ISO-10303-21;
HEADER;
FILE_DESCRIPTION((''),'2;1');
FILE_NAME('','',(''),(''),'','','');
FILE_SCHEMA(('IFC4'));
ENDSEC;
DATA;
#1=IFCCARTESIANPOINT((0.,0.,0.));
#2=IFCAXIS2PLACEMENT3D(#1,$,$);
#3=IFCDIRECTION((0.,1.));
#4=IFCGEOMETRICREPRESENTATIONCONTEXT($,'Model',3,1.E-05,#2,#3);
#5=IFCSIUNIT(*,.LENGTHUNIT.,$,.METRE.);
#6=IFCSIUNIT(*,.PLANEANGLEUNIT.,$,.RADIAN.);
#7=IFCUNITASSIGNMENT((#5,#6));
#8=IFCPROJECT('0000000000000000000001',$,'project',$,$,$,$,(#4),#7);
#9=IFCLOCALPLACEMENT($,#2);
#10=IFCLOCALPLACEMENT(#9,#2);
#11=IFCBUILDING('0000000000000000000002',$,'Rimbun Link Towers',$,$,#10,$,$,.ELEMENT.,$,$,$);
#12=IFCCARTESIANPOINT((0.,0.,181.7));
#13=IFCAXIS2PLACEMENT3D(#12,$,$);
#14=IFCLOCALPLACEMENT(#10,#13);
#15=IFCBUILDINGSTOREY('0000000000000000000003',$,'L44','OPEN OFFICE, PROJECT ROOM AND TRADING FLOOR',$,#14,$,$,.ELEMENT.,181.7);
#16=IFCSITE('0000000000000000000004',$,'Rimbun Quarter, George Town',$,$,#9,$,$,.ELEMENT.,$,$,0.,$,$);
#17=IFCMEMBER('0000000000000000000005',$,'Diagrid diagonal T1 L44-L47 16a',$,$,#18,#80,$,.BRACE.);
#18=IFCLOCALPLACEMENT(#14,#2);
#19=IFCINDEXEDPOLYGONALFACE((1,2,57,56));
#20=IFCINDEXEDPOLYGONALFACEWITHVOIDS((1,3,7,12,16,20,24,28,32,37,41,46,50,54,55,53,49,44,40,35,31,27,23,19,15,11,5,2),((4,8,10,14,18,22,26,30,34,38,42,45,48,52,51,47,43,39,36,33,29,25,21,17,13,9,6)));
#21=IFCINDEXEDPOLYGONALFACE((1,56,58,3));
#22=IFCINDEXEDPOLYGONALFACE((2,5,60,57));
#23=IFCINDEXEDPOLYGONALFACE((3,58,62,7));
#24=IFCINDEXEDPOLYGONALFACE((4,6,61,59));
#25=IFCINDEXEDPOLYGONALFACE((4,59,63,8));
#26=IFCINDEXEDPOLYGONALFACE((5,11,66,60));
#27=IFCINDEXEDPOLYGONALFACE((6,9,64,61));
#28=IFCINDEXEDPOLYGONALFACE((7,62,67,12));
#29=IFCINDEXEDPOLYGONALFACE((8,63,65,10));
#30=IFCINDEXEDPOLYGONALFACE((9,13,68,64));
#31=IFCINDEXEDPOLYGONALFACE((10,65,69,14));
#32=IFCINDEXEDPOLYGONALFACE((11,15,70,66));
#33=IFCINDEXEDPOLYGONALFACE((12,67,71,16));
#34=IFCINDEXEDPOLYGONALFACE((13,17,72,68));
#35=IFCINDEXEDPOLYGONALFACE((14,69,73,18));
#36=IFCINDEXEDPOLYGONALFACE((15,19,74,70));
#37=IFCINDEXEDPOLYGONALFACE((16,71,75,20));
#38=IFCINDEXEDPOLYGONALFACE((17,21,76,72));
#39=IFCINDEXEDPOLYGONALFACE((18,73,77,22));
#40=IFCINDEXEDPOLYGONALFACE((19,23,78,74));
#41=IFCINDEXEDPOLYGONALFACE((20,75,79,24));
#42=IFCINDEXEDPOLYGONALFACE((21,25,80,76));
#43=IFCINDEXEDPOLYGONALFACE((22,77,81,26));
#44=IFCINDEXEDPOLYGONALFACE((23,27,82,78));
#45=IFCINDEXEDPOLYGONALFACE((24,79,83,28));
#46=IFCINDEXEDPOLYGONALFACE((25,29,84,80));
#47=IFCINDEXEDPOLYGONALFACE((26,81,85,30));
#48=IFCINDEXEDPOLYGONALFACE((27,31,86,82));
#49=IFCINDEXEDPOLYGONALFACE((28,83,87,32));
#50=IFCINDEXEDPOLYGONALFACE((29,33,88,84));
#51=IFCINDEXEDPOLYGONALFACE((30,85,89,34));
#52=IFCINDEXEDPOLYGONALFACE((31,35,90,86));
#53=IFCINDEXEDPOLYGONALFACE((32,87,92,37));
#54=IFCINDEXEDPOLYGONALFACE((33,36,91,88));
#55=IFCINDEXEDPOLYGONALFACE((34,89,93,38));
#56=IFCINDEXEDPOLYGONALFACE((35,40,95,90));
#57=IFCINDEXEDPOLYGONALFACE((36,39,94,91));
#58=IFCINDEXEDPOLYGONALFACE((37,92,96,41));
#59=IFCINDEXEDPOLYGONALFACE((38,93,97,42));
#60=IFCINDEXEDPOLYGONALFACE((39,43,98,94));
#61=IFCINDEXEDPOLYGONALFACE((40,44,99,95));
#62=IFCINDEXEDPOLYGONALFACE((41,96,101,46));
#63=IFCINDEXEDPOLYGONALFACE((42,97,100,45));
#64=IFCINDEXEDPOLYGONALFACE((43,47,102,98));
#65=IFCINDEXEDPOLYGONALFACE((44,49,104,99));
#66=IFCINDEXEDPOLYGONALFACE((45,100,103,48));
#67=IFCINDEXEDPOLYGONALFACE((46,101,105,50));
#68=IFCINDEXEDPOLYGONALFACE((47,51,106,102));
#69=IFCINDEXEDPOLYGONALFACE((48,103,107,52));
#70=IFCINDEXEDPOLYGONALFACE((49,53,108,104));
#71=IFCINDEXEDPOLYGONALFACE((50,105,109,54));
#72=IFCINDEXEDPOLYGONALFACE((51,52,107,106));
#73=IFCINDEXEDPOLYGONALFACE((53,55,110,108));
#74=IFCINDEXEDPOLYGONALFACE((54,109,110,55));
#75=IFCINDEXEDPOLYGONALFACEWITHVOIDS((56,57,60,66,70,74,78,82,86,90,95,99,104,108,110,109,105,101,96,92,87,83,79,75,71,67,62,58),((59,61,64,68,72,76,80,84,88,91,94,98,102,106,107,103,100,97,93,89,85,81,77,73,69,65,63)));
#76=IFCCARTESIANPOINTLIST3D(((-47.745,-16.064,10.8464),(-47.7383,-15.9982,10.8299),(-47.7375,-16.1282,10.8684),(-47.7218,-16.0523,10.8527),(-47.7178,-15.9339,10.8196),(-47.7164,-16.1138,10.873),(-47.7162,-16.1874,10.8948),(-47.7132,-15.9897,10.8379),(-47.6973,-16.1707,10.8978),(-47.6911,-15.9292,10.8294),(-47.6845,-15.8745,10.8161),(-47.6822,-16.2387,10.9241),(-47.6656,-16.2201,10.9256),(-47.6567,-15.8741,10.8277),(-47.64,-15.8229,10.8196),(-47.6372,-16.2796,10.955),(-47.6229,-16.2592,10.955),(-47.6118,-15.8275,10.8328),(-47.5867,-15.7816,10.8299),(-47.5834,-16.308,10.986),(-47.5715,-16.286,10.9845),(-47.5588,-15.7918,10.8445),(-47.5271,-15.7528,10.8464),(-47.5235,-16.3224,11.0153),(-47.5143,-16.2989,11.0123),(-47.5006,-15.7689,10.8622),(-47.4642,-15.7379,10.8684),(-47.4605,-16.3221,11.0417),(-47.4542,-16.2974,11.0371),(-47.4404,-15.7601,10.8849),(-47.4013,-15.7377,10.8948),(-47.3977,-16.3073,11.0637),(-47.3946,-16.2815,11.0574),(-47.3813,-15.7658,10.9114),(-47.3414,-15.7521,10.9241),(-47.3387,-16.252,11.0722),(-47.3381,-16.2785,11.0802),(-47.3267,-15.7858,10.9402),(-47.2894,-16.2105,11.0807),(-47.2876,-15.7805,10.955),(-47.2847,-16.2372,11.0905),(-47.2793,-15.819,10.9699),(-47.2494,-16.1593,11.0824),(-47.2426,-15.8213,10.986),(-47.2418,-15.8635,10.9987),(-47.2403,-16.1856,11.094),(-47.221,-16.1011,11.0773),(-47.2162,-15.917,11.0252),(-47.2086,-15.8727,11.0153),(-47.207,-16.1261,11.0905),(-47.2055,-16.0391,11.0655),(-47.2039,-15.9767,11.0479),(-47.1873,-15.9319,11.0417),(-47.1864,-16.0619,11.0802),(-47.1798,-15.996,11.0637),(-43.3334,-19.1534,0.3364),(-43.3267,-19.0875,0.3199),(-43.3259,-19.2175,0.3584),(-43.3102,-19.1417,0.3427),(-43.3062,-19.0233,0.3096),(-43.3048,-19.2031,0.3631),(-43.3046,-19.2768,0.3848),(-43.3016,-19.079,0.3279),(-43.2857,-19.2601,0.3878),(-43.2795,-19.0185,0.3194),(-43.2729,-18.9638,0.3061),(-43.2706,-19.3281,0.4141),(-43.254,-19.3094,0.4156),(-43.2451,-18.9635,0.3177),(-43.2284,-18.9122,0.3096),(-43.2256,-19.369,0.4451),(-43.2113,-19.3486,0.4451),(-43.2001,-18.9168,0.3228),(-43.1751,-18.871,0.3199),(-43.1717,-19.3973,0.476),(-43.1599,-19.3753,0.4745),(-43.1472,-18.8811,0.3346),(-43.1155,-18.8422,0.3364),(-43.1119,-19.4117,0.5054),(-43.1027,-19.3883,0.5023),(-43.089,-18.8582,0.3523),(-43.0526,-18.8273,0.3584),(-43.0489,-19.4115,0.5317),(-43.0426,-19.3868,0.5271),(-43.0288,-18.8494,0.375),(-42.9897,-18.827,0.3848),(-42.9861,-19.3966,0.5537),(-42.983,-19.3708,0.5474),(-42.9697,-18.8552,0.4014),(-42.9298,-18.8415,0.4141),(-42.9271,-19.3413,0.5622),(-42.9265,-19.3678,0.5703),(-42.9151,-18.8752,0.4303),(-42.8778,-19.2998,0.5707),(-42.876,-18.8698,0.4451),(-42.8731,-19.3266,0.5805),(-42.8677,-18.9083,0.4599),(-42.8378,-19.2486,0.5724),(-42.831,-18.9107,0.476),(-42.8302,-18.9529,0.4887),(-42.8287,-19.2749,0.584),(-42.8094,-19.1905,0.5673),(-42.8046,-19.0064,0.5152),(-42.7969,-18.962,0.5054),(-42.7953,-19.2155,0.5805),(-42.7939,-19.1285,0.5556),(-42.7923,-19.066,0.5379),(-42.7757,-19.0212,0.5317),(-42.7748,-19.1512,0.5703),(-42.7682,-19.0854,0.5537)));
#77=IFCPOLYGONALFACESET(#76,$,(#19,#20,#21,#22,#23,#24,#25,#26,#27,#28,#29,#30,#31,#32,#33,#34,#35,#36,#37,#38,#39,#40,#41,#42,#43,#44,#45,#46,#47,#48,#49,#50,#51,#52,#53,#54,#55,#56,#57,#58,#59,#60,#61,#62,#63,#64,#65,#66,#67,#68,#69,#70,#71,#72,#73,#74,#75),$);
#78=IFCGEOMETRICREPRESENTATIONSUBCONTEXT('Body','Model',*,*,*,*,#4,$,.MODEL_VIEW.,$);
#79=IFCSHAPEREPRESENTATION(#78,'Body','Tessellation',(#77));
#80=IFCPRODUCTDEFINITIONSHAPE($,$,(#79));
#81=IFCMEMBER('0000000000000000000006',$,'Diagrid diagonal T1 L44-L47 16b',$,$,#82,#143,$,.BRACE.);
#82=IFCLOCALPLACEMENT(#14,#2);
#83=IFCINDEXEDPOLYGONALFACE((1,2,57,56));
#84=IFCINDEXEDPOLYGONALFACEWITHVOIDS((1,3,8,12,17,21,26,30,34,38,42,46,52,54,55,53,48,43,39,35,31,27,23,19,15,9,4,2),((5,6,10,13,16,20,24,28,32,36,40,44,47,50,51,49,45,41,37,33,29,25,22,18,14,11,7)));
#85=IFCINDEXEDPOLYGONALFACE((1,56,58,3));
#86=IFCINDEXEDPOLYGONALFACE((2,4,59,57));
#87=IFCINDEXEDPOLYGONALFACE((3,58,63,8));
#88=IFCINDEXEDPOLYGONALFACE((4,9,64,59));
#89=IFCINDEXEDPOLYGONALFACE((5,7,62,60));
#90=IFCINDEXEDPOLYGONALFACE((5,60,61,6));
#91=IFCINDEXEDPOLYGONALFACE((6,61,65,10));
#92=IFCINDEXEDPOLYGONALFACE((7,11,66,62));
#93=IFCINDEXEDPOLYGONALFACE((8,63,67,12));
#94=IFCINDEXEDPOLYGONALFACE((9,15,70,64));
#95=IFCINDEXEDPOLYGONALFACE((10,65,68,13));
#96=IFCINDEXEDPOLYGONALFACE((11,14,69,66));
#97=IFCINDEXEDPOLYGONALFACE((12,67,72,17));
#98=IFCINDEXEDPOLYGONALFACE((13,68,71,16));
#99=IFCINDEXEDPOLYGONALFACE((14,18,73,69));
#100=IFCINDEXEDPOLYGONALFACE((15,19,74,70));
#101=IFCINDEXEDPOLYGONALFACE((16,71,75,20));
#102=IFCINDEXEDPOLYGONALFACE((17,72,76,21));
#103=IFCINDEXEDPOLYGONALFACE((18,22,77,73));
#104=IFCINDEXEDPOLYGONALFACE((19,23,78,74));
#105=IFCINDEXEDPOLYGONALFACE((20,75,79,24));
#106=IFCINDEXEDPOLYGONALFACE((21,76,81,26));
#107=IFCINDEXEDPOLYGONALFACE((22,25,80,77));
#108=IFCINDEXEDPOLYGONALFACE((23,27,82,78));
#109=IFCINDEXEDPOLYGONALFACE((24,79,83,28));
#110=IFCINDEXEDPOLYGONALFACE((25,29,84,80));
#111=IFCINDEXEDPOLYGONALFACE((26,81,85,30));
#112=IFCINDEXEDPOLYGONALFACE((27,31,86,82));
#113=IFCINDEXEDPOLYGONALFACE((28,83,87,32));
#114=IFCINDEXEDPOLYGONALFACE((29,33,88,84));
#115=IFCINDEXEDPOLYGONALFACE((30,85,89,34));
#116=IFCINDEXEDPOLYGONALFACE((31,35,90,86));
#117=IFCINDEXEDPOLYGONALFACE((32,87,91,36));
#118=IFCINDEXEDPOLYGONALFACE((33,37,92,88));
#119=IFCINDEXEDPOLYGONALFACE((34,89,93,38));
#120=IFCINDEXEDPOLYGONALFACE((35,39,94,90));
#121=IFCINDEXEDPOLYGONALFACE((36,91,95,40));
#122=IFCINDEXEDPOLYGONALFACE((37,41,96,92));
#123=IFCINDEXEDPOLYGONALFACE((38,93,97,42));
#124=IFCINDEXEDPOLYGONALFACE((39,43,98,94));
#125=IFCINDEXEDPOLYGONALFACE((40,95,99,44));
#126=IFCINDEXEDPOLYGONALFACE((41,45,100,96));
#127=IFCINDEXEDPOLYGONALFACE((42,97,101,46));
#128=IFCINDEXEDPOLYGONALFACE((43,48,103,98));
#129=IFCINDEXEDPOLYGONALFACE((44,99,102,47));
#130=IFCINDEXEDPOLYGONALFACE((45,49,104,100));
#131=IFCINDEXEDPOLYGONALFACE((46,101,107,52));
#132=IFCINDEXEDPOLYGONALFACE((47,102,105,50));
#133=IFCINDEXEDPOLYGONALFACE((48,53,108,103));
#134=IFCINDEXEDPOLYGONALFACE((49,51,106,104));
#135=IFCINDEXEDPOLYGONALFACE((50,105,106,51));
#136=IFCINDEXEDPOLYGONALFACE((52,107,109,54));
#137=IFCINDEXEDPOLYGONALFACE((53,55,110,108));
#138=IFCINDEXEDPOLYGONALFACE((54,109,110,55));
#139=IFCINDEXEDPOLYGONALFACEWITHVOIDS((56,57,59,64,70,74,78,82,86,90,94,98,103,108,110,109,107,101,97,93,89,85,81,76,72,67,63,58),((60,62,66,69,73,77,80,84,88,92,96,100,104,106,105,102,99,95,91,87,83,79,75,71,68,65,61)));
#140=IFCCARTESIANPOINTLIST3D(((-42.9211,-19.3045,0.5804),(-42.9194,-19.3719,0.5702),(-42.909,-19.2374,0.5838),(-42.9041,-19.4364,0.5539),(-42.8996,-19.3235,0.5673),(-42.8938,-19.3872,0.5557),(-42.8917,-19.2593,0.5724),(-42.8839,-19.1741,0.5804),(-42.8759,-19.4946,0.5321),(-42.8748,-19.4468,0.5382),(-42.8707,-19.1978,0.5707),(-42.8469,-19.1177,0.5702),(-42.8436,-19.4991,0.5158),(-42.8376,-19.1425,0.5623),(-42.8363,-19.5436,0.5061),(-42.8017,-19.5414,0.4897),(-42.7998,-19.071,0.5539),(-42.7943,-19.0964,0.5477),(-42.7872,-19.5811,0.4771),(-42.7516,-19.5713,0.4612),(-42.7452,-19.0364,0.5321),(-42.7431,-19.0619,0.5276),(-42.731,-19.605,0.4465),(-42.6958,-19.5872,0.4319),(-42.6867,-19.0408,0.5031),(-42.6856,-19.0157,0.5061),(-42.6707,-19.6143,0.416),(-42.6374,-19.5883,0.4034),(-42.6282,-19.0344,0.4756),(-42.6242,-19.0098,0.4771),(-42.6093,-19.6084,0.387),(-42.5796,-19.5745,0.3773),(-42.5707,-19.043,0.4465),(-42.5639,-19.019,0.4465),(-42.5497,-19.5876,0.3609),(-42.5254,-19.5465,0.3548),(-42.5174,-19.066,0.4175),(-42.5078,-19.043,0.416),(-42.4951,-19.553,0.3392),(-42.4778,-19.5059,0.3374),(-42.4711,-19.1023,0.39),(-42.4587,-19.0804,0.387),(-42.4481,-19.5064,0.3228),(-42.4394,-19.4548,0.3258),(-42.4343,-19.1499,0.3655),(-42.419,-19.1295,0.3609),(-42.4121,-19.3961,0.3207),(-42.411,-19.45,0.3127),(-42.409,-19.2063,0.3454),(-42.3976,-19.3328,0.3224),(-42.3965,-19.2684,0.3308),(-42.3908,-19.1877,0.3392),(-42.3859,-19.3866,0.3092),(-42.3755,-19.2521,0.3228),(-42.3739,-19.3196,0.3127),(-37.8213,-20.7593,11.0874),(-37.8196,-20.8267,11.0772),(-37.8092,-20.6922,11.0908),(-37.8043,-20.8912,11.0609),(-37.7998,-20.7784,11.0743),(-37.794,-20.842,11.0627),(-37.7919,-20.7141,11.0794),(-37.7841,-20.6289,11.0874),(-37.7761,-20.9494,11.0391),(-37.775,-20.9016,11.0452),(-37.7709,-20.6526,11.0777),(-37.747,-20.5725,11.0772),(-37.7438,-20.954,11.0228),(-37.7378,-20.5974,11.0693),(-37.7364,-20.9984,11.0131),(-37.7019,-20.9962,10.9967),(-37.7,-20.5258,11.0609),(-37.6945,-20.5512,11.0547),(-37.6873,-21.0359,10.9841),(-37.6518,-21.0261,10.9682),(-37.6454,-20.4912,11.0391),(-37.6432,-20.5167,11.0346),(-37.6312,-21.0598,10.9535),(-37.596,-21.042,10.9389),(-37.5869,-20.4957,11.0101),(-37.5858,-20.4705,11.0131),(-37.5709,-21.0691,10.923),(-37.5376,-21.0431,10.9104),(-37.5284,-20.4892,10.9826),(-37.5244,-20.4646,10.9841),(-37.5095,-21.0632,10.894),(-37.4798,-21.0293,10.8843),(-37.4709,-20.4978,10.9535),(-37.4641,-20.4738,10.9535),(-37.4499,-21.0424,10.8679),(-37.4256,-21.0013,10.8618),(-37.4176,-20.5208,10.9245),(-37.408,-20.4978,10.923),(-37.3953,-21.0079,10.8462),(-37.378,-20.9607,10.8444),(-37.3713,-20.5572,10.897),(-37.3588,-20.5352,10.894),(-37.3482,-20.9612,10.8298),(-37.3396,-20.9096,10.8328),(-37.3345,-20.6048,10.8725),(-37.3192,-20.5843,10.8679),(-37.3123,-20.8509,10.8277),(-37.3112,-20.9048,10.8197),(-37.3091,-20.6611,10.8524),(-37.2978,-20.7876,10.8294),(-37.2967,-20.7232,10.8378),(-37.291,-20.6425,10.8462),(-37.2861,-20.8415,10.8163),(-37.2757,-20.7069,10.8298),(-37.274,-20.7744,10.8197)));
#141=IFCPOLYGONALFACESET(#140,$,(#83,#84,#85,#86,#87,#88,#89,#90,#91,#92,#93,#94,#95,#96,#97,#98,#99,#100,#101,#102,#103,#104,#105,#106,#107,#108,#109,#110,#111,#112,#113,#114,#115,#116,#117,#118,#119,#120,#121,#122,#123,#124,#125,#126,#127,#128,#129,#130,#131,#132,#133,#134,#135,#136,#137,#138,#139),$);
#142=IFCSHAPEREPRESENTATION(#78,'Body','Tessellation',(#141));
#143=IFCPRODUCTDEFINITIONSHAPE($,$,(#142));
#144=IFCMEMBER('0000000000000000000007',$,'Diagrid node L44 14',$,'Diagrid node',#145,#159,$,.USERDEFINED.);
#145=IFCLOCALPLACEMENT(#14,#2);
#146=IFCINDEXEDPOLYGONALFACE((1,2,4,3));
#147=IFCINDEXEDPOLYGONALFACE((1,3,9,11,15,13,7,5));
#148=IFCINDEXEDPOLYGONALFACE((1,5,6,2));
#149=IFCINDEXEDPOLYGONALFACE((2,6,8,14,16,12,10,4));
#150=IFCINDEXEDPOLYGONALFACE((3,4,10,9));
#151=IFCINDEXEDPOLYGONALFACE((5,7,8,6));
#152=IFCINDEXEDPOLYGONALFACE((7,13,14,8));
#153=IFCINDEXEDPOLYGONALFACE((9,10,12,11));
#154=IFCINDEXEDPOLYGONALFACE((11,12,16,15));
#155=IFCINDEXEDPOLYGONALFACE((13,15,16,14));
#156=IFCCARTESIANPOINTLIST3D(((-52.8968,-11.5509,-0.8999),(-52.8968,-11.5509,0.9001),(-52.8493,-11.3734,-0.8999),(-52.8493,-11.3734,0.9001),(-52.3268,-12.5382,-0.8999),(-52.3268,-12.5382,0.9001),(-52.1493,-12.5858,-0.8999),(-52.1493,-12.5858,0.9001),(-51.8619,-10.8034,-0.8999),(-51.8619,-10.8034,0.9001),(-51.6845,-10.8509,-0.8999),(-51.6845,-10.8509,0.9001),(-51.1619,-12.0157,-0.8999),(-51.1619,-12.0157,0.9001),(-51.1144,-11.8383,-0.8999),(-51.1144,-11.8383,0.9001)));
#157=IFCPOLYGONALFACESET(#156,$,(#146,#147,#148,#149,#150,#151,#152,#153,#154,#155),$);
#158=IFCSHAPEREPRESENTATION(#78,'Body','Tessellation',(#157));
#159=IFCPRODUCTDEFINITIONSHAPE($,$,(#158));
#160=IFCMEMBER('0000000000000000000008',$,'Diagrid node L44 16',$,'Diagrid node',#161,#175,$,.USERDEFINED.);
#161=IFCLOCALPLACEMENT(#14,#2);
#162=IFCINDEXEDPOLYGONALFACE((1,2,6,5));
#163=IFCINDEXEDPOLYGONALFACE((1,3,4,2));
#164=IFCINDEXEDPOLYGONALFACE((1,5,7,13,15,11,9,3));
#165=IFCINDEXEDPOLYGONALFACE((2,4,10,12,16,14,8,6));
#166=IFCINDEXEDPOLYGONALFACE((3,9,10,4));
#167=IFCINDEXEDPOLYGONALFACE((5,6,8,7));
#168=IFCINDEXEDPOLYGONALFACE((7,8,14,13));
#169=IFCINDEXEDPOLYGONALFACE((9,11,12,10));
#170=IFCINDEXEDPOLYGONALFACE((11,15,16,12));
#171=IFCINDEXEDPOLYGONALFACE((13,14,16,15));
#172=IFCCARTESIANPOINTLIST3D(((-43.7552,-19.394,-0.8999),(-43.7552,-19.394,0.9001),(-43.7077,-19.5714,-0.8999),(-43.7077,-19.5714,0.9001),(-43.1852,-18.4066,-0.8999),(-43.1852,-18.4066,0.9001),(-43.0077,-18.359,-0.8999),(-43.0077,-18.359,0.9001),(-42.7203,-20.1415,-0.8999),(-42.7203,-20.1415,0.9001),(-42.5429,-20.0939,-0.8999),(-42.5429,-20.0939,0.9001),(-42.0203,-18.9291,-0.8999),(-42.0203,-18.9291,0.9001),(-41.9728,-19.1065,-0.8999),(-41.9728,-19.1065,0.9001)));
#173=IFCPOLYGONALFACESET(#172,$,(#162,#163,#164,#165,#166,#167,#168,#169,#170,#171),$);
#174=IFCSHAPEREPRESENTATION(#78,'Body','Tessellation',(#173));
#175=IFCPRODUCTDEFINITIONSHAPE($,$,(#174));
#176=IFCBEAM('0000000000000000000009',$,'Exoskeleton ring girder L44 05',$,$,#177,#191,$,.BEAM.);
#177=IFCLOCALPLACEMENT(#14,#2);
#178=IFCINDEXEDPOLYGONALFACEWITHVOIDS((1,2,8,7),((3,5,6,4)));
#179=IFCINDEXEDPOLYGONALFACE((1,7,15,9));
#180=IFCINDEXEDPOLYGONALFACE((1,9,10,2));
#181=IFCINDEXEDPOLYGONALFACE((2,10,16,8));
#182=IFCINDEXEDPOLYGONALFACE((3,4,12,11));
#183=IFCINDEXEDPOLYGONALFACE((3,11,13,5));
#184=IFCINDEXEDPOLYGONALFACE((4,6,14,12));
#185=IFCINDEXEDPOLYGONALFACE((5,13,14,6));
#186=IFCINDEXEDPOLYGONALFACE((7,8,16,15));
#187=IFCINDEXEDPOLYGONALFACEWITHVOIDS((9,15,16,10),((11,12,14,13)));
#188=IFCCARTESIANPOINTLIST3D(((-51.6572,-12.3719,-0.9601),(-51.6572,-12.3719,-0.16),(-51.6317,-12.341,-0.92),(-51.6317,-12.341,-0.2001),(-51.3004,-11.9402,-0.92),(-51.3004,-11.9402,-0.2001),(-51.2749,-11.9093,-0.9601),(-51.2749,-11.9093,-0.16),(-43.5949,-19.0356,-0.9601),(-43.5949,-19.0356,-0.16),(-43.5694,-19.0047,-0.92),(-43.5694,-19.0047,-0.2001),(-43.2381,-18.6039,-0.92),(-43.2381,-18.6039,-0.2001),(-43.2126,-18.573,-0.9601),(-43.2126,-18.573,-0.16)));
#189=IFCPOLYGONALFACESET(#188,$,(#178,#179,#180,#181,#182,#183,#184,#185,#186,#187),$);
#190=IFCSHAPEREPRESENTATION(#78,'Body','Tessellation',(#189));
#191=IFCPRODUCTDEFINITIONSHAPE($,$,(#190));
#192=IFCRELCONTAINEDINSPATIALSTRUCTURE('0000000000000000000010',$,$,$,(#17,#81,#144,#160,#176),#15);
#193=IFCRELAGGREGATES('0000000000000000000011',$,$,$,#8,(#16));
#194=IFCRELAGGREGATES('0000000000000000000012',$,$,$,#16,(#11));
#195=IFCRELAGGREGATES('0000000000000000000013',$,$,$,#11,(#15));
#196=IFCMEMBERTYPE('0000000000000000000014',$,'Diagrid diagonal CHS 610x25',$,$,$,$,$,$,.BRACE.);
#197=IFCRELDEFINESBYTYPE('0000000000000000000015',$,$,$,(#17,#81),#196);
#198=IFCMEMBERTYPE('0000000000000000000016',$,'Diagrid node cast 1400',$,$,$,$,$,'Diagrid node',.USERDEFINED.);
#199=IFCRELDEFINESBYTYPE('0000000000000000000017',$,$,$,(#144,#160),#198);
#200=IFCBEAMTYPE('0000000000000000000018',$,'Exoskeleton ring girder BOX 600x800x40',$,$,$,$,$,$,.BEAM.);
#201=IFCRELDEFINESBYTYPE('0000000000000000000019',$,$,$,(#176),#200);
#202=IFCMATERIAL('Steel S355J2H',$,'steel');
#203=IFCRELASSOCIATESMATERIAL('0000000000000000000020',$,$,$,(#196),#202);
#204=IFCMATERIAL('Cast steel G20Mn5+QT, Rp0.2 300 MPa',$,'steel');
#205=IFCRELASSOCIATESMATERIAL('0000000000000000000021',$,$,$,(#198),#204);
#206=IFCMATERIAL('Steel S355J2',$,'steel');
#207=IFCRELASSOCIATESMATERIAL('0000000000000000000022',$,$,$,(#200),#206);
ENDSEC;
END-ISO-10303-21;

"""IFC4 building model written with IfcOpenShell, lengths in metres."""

from ifc_helpers import new_model, si_unit, direction, frame, origin, origin_2d, place, context, subcontext, project, spatial, polyline, hollow_rectangle, hollow_circle, outline, extrude, material, material_profile, profile_set, type_object, element, save


model = new_model("IFC4")

# Units and contexts
model_context = context("Model", 3, precision=1e-05, world=origin(), true_north=direction((0.0, 1.0)))
body_context = subcontext(model_context, "Body", "Model", "MODEL_VIEW")
ifc_project = project(units=[si_unit("LENGTHUNIT", "METRE"), si_unit("PLANEANGLEUNIT", "RADIAN")], contexts=[model_context])

# Site, building, storey
site_placement = place(None, origin())
site = spatial("IfcSite", under=ifc_project, at=site_placement, Name="Rimbun Quarter, George Town", CompositionType="ELEMENT", RefElevation=0.0)
building_placement = place(site_placement, origin())
building = spatial("IfcBuilding", under=site, at=building_placement, Name="Rimbun Link Towers", CompositionType="ELEMENT")
storey_placement = place(building_placement, frame((0.0, 0.0, 181.7)))
storey = spatial("IfcBuildingStorey", under=building, at=storey_placement, Name="L44", Description="OPEN OFFICE, PROJECT ROOM AND TRADING FLOOR", CompositionType="ELEMENT", Elevation=181.7)

# Members
ifc_material_1 = material(Name="Steel S355J2H", Category="steel")
ifc_material_profile_1 = material_profile(ifc_material_1, hollow_circle(Radius=0.3047, WallThickness=0.0249, at=origin_2d()), Name="Diagrid diagonal CHS 610x25")
ifc_profile_set_1 = profile_set([ifc_material_profile_1], Name="Steel S355J2H")
member_type_1 = type_object("IfcMemberType", Name="Diagrid diagonal CHS 610x25", PredefinedType="BRACE", material=ifc_profile_set_1)
member_1_placement = place(storey_placement, frame((-43.0508, -19.1194, 0.4451), z_axis=(-0.373562, 0.261597, 0.889954), x_axis=(-0.573614, -0.819125, 0.0)))
element("IfcMember", 1, at=member_1_placement, inside=storey, type_object=member_type_1, Name="Diagrid diagonal T1 L44-L47 16a", PredefinedType="BRACE", context=body_context, shape_type="SweptSolid", body=[
    extrude(hollow_circle(Radius=0.3047, WallThickness=0.0249, at=origin_2d()), origin(), (0.0, 0.0, 1.0), 11.8096),
])
member_2_placement = place(storey_placement, frame((-42.6475, -19.312, 0.4465), z_axis=(0.433307, -0.123609, 0.892729), x_axis=(0.274326, 0.961637, 0.0)))
element("IfcMember", 2, at=member_2_placement, inside=storey, type_object=member_type_1, Name="Diagrid diagonal T1 L44-L47 16b", PredefinedType="BRACE", context=body_context, shape_type="SweptSolid", body=[
    extrude(hollow_circle(Radius=0.3047, WallThickness=0.0249, at=origin_2d()), origin(), (0.0, 0.0, 1.0), 11.7695),
])
ifc_material_2 = material(Name="Cast steel G20Mn5+QT, Rp0.2 300 MPa", Category="steel")
ifc_material_profile_2 = material_profile(ifc_material_2, outline(polyline([(0.7, -0.5701), (0.7, 0.5701), (0.5701, 0.7), (-0.5701, 0.7), (-0.7, 0.5701), (-0.7, -0.5701), (-0.5701, -0.7), (0.5701, -0.7), (0.7, -0.5701)])), Name="NODE 1400x1400")
ifc_profile_set_2 = profile_set([ifc_material_profile_2], Name="Cast steel G20Mn5+QT, Rp0.2 300 MPa")
member_type_2 = type_object("IfcMemberType", Name="Diagrid node cast 1400", ElementType="Diagrid node", PredefinedType="USERDEFINED", material=ifc_profile_set_2)
for number, where, z_axis, x_axis, name in (
    (3, (-52.0056, -11.6946, -0.8999), (0.0, 0.0, 1.0), (-0.866025, -0.5, 0.0), "Diagrid node L44 14"),
    (4, (-42.864, -19.2502, -0.8999), (0.0, 0.0, 1.0), (-0.5, -0.866025, 0.0), "Diagrid node L44 16"),
):
    element("IfcMember", number, at=place(storey_placement, frame(where, z_axis=z_axis, x_axis=x_axis)), inside=storey, type_object=member_type_2, Name=name, ObjectType="Diagrid node", PredefinedType="USERDEFINED", context=body_context, shape_type="SweptSolid", body=[
        extrude(outline(polyline([(0.7, -0.5701), (0.7, 0.5701), (0.5701, 0.7), (-0.5701, 0.7), (-0.7, 0.5701), (-0.7, -0.5701), (-0.5701, -0.7), (0.5701, -0.7), (0.7, -0.5701)])), origin(), (0.0, 0.0, 1.0), 1.8),
    ])

# Beam
ifc_material_3 = material(Name="Steel S355J2", Category="steel")
ifc_material_profile_3 = material_profile(ifc_material_3, hollow_rectangle(XDim=0.6001, YDim=0.8, WallThickness=0.04, at=origin_2d()), Name="Exoskeleton ring girder BOX 600x800x40")
ifc_profile_set_3 = profile_set([ifc_material_profile_3], Name="Steel S355J2")
beam_type_1 = type_object("IfcBeamType", Name="Exoskeleton ring girder BOX 600x800x40", PredefinedType="BEAM", material=ifc_profile_set_3)
beam_1_placement = place(storey_placement, frame((-51.4661, -12.1406, -0.5601), z_axis=(0.7708, -0.637077, 0.0), x_axis=(0.637077, 0.7708, 0.0)))
element("IfcBeam", 5, at=beam_1_placement, inside=storey, type_object=beam_type_1, Name="Exoskeleton ring girder L44 05", PredefinedType="BEAM", context=body_context, shape_type="SweptSolid", body=[
    extrude(hollow_rectangle(XDim=0.6001, YDim=0.8, WallThickness=0.04, at=origin_2d()), origin(), (0.0, 0.0, 1.0), 10.4597),
])

save(model, "model.ifc")
